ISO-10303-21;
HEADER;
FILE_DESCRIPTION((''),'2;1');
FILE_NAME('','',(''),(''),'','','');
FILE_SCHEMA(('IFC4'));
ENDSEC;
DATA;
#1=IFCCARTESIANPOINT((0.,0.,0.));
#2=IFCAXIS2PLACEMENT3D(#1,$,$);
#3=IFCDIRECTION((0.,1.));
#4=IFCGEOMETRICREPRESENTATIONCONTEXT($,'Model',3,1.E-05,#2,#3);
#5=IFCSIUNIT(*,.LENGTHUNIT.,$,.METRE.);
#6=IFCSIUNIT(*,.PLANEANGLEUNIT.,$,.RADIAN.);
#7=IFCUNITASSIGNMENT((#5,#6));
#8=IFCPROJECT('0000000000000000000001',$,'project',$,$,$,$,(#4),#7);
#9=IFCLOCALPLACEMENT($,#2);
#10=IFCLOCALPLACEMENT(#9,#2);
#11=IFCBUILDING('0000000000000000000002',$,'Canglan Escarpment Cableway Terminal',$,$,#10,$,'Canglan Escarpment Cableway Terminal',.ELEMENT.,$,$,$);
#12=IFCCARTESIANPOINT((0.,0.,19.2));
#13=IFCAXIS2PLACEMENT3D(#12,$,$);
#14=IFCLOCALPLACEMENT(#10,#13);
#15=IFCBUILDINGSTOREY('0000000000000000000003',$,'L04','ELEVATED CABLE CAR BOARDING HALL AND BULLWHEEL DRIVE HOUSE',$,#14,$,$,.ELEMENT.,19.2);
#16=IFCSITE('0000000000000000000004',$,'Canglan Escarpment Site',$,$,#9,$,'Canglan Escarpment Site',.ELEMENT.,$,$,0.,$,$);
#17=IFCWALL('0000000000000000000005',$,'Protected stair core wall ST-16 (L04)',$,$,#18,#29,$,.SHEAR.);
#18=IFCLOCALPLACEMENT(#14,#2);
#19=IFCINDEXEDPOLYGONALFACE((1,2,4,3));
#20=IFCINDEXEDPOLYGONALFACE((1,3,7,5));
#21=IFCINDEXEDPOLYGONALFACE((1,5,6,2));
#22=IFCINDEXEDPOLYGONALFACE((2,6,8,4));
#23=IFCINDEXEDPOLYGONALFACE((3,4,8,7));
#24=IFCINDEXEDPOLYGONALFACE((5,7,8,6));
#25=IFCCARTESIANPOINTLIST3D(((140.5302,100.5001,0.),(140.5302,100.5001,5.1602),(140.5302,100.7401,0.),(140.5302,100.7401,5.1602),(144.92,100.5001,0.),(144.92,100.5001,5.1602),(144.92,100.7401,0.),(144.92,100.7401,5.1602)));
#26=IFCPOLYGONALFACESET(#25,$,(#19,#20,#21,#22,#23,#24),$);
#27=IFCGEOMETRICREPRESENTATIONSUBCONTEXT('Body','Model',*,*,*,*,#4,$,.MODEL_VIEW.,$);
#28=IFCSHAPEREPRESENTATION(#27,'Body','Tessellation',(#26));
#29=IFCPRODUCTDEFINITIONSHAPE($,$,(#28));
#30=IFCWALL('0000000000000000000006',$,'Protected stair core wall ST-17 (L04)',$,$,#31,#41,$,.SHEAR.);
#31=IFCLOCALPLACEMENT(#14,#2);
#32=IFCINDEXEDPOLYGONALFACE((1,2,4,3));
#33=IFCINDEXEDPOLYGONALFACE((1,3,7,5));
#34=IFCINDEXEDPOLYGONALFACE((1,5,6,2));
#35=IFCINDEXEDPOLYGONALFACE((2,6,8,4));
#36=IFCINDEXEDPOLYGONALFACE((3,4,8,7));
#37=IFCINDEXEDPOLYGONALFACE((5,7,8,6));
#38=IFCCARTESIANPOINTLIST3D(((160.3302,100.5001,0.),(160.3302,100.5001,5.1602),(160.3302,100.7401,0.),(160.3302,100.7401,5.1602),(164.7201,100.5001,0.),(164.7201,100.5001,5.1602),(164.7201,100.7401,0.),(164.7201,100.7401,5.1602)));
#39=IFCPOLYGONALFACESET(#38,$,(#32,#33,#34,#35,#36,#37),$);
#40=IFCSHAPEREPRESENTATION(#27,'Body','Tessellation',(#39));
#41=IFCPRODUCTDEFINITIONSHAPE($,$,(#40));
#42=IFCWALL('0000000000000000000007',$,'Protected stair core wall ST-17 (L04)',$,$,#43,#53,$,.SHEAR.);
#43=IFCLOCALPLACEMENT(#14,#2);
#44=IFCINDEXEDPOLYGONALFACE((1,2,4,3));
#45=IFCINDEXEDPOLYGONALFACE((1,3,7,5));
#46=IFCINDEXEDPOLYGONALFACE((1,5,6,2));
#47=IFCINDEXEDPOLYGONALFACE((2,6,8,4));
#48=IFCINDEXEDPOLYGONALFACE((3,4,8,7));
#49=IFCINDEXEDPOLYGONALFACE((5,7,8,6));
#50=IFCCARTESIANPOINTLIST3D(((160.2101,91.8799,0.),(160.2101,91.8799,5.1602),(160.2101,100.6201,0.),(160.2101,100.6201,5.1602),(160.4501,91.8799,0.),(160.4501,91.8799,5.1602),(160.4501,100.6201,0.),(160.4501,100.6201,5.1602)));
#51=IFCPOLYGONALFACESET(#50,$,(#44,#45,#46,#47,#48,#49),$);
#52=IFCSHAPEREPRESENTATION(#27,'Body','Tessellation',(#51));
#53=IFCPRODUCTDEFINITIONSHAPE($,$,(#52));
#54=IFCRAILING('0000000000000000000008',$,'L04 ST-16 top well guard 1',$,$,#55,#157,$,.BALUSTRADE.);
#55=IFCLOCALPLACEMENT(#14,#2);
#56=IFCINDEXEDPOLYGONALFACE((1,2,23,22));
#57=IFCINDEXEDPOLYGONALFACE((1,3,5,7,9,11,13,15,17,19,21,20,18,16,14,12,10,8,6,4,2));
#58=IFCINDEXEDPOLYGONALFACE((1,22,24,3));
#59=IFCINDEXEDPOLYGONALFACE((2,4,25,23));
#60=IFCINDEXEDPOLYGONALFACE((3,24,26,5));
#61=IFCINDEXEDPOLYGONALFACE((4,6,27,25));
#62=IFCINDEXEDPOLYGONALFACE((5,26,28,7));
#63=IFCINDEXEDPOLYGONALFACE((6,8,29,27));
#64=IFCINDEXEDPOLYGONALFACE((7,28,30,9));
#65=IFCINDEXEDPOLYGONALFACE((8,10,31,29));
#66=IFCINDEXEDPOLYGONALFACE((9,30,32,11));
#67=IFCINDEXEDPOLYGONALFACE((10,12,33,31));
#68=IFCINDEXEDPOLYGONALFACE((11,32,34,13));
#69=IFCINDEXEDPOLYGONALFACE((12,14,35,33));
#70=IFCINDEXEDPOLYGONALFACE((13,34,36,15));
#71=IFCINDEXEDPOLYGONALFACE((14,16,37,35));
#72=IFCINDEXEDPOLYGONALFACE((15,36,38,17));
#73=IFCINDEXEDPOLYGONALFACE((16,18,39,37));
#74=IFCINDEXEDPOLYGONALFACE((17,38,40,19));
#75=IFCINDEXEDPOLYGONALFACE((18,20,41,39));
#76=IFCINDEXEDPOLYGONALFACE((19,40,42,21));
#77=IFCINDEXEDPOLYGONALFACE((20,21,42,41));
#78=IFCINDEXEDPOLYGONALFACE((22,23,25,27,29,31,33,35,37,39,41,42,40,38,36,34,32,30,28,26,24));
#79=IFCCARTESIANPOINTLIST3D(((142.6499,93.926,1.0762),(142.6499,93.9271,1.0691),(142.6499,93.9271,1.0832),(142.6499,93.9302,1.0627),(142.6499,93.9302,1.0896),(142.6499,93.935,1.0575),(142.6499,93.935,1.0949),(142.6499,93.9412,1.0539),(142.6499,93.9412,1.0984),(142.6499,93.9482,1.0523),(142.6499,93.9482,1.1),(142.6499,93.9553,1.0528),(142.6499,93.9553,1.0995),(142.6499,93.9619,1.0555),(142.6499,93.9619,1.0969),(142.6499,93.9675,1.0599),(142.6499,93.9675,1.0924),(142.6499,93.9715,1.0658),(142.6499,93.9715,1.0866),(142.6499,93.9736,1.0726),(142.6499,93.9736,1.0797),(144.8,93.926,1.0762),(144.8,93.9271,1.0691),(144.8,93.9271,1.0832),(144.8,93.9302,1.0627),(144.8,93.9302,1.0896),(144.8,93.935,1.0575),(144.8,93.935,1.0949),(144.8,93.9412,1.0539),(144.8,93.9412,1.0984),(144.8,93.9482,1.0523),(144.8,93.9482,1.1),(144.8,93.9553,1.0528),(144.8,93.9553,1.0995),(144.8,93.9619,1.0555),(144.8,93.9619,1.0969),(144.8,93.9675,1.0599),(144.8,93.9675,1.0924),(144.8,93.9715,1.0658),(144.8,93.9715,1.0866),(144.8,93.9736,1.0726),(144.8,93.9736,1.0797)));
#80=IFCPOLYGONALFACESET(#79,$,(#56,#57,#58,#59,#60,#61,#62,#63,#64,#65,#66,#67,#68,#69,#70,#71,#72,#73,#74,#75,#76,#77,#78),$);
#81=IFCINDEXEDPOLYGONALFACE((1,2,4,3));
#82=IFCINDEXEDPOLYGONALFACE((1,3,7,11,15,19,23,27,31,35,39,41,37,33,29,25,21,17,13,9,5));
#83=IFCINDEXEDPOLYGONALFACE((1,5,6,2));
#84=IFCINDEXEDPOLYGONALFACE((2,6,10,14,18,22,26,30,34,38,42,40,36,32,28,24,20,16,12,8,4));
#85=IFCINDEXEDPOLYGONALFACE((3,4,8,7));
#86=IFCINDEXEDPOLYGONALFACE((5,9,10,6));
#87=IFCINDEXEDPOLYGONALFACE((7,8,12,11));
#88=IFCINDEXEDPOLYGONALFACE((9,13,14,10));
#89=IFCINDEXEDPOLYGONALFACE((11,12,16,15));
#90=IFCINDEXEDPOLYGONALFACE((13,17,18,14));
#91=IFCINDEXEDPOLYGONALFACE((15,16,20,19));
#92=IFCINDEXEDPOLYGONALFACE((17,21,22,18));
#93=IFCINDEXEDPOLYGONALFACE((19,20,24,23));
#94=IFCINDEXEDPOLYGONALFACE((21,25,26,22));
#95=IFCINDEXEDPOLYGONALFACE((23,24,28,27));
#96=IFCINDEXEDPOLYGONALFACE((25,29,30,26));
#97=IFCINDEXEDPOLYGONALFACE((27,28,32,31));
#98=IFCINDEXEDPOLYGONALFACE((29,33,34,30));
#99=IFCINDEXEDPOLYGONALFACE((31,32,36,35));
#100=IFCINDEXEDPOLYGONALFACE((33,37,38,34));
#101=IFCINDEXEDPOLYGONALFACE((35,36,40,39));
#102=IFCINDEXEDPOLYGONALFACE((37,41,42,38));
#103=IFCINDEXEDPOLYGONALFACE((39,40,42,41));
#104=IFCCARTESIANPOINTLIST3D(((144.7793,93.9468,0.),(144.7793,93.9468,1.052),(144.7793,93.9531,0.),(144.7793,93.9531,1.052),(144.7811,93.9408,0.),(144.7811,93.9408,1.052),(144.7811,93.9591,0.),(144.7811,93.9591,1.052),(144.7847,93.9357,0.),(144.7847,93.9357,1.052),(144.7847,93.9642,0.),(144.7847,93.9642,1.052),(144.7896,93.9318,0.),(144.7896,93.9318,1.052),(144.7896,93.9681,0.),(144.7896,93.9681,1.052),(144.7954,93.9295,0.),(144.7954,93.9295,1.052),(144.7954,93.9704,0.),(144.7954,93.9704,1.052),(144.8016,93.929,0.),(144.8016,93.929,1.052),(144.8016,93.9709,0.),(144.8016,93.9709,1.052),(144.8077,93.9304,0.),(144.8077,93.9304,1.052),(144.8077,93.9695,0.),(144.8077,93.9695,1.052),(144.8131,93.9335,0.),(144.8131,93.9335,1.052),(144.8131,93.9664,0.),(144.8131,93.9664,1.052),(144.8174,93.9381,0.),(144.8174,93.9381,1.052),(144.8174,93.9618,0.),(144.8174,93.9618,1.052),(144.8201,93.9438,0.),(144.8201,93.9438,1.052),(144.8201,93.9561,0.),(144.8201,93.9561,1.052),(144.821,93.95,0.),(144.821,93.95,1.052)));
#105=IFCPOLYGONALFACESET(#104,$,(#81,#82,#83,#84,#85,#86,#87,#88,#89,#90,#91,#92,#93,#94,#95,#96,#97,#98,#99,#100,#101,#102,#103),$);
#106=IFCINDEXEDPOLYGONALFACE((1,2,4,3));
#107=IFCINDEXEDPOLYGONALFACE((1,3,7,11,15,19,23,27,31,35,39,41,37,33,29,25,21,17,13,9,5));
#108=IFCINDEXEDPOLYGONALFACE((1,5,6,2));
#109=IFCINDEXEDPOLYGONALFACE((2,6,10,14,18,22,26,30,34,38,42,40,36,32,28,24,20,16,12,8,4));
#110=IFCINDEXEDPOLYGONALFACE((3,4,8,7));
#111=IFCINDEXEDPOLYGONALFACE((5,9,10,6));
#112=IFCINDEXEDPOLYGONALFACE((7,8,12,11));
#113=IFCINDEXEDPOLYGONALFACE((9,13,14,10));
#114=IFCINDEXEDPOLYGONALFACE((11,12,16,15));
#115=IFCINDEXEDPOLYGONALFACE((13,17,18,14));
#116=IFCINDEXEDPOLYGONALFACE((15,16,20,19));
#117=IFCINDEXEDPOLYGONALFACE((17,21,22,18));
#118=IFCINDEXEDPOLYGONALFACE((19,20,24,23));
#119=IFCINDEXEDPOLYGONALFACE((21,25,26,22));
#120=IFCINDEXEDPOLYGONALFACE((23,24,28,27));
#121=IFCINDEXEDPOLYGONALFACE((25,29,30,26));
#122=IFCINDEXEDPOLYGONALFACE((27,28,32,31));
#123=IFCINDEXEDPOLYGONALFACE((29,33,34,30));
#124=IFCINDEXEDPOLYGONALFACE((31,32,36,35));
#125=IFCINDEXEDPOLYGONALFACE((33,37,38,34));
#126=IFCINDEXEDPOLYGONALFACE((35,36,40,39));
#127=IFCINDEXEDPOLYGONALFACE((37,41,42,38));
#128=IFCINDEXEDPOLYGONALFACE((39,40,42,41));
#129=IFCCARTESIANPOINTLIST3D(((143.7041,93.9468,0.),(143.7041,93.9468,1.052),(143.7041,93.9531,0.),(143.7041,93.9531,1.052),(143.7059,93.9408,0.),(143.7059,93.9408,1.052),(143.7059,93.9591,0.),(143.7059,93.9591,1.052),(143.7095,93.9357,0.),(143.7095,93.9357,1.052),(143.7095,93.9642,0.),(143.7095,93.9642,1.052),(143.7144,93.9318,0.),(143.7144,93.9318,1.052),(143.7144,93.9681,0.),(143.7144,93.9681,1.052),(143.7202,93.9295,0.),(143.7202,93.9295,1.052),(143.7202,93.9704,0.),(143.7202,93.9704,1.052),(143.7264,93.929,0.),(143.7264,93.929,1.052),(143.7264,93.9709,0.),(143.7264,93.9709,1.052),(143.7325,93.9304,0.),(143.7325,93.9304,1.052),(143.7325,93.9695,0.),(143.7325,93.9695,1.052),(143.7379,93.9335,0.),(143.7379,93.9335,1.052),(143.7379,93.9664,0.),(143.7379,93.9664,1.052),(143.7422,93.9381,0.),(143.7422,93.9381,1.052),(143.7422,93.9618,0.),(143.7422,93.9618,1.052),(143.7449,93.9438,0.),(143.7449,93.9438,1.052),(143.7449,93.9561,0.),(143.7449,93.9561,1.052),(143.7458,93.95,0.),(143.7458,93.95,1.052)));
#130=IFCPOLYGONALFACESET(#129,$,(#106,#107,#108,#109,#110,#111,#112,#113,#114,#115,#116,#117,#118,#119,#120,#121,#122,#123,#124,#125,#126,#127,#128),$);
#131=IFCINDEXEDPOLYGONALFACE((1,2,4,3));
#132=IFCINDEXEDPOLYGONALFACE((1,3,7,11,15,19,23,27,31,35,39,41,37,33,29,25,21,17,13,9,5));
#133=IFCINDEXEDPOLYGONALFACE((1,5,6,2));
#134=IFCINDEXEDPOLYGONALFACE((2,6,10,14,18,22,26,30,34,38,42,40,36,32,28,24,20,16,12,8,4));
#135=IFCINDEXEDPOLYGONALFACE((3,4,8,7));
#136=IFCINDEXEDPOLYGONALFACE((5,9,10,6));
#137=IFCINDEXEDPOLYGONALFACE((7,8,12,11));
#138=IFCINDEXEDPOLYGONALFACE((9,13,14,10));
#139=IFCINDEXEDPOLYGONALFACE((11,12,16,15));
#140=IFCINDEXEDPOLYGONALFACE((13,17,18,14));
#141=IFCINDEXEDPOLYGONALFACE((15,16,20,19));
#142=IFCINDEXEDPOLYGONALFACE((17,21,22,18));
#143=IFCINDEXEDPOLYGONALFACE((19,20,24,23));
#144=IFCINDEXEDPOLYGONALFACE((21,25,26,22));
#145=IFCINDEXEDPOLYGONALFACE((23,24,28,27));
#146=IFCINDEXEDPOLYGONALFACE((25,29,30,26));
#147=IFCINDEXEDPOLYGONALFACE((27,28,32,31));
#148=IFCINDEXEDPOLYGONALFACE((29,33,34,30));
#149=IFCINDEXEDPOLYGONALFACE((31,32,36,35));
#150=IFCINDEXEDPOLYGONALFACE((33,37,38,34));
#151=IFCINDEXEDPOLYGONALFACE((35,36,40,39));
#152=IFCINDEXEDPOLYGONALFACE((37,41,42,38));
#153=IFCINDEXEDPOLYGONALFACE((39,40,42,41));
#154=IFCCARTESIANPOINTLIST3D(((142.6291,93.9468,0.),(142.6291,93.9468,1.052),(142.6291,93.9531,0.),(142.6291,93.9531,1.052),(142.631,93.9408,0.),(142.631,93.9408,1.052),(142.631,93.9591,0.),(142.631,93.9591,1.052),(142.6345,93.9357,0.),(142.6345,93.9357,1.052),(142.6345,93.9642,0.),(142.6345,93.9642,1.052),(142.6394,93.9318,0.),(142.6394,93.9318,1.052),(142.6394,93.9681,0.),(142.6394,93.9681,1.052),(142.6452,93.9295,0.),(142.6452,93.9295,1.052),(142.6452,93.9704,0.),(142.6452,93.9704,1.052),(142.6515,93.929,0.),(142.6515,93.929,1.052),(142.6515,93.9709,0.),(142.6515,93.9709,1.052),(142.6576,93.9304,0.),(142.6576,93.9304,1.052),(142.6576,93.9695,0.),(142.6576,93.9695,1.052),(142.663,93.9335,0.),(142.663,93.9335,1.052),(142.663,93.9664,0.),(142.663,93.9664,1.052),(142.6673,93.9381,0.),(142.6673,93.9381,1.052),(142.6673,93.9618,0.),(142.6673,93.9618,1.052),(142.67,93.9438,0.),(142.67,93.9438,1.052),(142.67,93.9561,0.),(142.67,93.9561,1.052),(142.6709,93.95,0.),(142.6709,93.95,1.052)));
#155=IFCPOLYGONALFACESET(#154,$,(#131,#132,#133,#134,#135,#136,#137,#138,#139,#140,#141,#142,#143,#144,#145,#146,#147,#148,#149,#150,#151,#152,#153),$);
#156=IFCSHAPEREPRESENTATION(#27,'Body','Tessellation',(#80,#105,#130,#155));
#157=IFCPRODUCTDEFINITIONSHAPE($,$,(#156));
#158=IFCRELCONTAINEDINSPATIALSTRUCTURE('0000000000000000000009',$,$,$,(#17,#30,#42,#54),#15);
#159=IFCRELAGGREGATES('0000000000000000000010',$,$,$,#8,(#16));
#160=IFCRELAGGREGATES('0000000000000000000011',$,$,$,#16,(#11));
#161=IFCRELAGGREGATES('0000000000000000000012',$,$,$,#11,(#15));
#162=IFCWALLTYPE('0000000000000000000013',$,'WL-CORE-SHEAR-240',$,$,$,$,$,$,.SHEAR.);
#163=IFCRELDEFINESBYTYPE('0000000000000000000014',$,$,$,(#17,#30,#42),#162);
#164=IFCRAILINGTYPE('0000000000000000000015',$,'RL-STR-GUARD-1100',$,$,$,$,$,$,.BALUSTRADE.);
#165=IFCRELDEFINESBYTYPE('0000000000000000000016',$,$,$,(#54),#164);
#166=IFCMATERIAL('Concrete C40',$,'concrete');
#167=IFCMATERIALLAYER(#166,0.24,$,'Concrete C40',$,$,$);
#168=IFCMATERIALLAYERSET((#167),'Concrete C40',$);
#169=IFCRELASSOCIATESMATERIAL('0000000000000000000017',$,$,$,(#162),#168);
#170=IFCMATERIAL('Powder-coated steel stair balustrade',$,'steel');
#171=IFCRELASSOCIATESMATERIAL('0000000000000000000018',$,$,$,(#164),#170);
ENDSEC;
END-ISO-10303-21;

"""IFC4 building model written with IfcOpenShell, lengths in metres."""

from ifc_helpers import new_model, si_unit, direction, frame, frame_2d, origin, origin_2d, place, context, subcontext, project, spatial, rectangle, circle, extrude, material, layer, layer_set, type_object, element, save


model = new_model("IFC4")

# Units and contexts
model_context = context("Model", 3, precision=1e-05, world=origin(), true_north=direction((0.0, 1.0)))
body_context = subcontext(model_context, "Body", "Model", "MODEL_VIEW")
ifc_project = project(units=[si_unit("LENGTHUNIT", "METRE"), si_unit("PLANEANGLEUNIT", "RADIAN")], contexts=[model_context])

# Site, building, storey
site_placement = place(None, origin())
site = spatial("IfcSite", under=ifc_project, at=site_placement, Name="Canglan Escarpment Site", LongName="Canglan Escarpment Site", CompositionType="ELEMENT", RefElevation=0.0)
building_placement = place(site_placement, origin())
building = spatial("IfcBuilding", under=site, at=building_placement, Name="Canglan Escarpment Cableway Terminal", LongName="Canglan Escarpment Cableway Terminal", CompositionType="ELEMENT")
storey_placement = place(building_placement, frame((0.0, 0.0, 19.2)))
storey = spatial("IfcBuildingStorey", under=building, at=storey_placement, Name="L04", Description="ELEVATED CABLE CAR BOARDING HALL AND BULLWHEEL DRIVE HOUSE", CompositionType="ELEMENT", Elevation=19.2)

# Shared definitions
ifc_material_1 = material(Name="Concrete C40", Category="concrete")

# Walls
ifc_layer_1 = layer(ifc_material_1, 0.24, Name="Concrete C40")
ifc_layer_set_1 = layer_set([ifc_layer_1], Name="Concrete C40")
wall_type = type_object("IfcWallType", Name="WL-CORE-SHEAR-240", PredefinedType="SHEAR", material=ifc_layer_set_1)
for number, where, z_axis, x_axis, name in (
    (1, (144.9199, 100.6201, 0.0), (0.0, 0.0, 1.0), (-1.0, 0.0, 0.0), "Protected stair core wall ST-16 (L04)"),
    (2, (164.72, 100.6201, 0.0), (0.0, 0.0, 1.0), (-1.0, 0.0, 0.0), "Protected stair core wall ST-17 (L04)"),
):
    element("IfcWall", number, at=place(storey_placement, frame(where, z_axis=z_axis, x_axis=x_axis)), inside=storey, type_object=wall_type, Name=name, PredefinedType="SHEAR", context=body_context, shape_type="SweptSolid", body=[
        extrude(rectangle(XDim=4.3899, YDim=0.24, at=frame_2d((2.1948, 0.0))), origin(), (0.0, 0.0, 1.0), 5.1602),
    ])
wall_placement = place(storey_placement, frame((160.3301, 100.6201, 0.0), z_axis=(0.0, 0.0, 1.0), x_axis=(0.0, -1.0, 0.0)))
element("IfcWall", 3, at=wall_placement, inside=storey, type_object=wall_type, Name="Protected stair core wall ST-17 (L04)", PredefinedType="SHEAR", context=body_context, shape_type="SweptSolid", body=[
    extrude(rectangle(XDim=8.7402, YDim=0.24, at=frame_2d((4.3701, 0.0))), origin(), (0.0, 0.0, 1.0), 5.1602),
])

# Railing
ifc_material_2 = material(Name="Powder-coated steel stair balustrade", Category="steel")
railing_type = type_object("IfcRailingType", Name="RL-STR-GUARD-1100", PredefinedType="BALUSTRADE", material=ifc_material_2)
for number, where, name in (
    (4, (144.8, 93.95, 0.0), "L04 ST-16 top well guard 1"),
):
    element("IfcRailing", number, at=place(storey_placement, frame(where)), inside=storey, type_object=railing_type, Name=name, PredefinedType="BALUSTRADE", context=body_context, shape_type="SweptSolid", body=[
        extrude(circle(Radius=0.0239, at=origin_2d()), frame((0.0, 0.0, 1.0762), z_axis=(-1.0, 0.0, 0.0), x_axis=(0.0, -1.0, 0.0)), (0.0, 0.0, 1.0), 2.1501),
        extrude(circle(Radius=0.021, at=origin_2d()), origin(), (0.0, 0.0, 1.0), 1.052),
        extrude(circle(Radius=0.021, at=origin_2d()), frame((-1.0752, 0.0, 0.0)), (0.0, 0.0, 1.0), 1.052),
        extrude(circle(Radius=0.021, at=origin_2d()), frame((-2.1501, 0.0, 0.0)), (0.0, 0.0, 1.0), 1.052),
    ])

save(model, "model.ifc")
